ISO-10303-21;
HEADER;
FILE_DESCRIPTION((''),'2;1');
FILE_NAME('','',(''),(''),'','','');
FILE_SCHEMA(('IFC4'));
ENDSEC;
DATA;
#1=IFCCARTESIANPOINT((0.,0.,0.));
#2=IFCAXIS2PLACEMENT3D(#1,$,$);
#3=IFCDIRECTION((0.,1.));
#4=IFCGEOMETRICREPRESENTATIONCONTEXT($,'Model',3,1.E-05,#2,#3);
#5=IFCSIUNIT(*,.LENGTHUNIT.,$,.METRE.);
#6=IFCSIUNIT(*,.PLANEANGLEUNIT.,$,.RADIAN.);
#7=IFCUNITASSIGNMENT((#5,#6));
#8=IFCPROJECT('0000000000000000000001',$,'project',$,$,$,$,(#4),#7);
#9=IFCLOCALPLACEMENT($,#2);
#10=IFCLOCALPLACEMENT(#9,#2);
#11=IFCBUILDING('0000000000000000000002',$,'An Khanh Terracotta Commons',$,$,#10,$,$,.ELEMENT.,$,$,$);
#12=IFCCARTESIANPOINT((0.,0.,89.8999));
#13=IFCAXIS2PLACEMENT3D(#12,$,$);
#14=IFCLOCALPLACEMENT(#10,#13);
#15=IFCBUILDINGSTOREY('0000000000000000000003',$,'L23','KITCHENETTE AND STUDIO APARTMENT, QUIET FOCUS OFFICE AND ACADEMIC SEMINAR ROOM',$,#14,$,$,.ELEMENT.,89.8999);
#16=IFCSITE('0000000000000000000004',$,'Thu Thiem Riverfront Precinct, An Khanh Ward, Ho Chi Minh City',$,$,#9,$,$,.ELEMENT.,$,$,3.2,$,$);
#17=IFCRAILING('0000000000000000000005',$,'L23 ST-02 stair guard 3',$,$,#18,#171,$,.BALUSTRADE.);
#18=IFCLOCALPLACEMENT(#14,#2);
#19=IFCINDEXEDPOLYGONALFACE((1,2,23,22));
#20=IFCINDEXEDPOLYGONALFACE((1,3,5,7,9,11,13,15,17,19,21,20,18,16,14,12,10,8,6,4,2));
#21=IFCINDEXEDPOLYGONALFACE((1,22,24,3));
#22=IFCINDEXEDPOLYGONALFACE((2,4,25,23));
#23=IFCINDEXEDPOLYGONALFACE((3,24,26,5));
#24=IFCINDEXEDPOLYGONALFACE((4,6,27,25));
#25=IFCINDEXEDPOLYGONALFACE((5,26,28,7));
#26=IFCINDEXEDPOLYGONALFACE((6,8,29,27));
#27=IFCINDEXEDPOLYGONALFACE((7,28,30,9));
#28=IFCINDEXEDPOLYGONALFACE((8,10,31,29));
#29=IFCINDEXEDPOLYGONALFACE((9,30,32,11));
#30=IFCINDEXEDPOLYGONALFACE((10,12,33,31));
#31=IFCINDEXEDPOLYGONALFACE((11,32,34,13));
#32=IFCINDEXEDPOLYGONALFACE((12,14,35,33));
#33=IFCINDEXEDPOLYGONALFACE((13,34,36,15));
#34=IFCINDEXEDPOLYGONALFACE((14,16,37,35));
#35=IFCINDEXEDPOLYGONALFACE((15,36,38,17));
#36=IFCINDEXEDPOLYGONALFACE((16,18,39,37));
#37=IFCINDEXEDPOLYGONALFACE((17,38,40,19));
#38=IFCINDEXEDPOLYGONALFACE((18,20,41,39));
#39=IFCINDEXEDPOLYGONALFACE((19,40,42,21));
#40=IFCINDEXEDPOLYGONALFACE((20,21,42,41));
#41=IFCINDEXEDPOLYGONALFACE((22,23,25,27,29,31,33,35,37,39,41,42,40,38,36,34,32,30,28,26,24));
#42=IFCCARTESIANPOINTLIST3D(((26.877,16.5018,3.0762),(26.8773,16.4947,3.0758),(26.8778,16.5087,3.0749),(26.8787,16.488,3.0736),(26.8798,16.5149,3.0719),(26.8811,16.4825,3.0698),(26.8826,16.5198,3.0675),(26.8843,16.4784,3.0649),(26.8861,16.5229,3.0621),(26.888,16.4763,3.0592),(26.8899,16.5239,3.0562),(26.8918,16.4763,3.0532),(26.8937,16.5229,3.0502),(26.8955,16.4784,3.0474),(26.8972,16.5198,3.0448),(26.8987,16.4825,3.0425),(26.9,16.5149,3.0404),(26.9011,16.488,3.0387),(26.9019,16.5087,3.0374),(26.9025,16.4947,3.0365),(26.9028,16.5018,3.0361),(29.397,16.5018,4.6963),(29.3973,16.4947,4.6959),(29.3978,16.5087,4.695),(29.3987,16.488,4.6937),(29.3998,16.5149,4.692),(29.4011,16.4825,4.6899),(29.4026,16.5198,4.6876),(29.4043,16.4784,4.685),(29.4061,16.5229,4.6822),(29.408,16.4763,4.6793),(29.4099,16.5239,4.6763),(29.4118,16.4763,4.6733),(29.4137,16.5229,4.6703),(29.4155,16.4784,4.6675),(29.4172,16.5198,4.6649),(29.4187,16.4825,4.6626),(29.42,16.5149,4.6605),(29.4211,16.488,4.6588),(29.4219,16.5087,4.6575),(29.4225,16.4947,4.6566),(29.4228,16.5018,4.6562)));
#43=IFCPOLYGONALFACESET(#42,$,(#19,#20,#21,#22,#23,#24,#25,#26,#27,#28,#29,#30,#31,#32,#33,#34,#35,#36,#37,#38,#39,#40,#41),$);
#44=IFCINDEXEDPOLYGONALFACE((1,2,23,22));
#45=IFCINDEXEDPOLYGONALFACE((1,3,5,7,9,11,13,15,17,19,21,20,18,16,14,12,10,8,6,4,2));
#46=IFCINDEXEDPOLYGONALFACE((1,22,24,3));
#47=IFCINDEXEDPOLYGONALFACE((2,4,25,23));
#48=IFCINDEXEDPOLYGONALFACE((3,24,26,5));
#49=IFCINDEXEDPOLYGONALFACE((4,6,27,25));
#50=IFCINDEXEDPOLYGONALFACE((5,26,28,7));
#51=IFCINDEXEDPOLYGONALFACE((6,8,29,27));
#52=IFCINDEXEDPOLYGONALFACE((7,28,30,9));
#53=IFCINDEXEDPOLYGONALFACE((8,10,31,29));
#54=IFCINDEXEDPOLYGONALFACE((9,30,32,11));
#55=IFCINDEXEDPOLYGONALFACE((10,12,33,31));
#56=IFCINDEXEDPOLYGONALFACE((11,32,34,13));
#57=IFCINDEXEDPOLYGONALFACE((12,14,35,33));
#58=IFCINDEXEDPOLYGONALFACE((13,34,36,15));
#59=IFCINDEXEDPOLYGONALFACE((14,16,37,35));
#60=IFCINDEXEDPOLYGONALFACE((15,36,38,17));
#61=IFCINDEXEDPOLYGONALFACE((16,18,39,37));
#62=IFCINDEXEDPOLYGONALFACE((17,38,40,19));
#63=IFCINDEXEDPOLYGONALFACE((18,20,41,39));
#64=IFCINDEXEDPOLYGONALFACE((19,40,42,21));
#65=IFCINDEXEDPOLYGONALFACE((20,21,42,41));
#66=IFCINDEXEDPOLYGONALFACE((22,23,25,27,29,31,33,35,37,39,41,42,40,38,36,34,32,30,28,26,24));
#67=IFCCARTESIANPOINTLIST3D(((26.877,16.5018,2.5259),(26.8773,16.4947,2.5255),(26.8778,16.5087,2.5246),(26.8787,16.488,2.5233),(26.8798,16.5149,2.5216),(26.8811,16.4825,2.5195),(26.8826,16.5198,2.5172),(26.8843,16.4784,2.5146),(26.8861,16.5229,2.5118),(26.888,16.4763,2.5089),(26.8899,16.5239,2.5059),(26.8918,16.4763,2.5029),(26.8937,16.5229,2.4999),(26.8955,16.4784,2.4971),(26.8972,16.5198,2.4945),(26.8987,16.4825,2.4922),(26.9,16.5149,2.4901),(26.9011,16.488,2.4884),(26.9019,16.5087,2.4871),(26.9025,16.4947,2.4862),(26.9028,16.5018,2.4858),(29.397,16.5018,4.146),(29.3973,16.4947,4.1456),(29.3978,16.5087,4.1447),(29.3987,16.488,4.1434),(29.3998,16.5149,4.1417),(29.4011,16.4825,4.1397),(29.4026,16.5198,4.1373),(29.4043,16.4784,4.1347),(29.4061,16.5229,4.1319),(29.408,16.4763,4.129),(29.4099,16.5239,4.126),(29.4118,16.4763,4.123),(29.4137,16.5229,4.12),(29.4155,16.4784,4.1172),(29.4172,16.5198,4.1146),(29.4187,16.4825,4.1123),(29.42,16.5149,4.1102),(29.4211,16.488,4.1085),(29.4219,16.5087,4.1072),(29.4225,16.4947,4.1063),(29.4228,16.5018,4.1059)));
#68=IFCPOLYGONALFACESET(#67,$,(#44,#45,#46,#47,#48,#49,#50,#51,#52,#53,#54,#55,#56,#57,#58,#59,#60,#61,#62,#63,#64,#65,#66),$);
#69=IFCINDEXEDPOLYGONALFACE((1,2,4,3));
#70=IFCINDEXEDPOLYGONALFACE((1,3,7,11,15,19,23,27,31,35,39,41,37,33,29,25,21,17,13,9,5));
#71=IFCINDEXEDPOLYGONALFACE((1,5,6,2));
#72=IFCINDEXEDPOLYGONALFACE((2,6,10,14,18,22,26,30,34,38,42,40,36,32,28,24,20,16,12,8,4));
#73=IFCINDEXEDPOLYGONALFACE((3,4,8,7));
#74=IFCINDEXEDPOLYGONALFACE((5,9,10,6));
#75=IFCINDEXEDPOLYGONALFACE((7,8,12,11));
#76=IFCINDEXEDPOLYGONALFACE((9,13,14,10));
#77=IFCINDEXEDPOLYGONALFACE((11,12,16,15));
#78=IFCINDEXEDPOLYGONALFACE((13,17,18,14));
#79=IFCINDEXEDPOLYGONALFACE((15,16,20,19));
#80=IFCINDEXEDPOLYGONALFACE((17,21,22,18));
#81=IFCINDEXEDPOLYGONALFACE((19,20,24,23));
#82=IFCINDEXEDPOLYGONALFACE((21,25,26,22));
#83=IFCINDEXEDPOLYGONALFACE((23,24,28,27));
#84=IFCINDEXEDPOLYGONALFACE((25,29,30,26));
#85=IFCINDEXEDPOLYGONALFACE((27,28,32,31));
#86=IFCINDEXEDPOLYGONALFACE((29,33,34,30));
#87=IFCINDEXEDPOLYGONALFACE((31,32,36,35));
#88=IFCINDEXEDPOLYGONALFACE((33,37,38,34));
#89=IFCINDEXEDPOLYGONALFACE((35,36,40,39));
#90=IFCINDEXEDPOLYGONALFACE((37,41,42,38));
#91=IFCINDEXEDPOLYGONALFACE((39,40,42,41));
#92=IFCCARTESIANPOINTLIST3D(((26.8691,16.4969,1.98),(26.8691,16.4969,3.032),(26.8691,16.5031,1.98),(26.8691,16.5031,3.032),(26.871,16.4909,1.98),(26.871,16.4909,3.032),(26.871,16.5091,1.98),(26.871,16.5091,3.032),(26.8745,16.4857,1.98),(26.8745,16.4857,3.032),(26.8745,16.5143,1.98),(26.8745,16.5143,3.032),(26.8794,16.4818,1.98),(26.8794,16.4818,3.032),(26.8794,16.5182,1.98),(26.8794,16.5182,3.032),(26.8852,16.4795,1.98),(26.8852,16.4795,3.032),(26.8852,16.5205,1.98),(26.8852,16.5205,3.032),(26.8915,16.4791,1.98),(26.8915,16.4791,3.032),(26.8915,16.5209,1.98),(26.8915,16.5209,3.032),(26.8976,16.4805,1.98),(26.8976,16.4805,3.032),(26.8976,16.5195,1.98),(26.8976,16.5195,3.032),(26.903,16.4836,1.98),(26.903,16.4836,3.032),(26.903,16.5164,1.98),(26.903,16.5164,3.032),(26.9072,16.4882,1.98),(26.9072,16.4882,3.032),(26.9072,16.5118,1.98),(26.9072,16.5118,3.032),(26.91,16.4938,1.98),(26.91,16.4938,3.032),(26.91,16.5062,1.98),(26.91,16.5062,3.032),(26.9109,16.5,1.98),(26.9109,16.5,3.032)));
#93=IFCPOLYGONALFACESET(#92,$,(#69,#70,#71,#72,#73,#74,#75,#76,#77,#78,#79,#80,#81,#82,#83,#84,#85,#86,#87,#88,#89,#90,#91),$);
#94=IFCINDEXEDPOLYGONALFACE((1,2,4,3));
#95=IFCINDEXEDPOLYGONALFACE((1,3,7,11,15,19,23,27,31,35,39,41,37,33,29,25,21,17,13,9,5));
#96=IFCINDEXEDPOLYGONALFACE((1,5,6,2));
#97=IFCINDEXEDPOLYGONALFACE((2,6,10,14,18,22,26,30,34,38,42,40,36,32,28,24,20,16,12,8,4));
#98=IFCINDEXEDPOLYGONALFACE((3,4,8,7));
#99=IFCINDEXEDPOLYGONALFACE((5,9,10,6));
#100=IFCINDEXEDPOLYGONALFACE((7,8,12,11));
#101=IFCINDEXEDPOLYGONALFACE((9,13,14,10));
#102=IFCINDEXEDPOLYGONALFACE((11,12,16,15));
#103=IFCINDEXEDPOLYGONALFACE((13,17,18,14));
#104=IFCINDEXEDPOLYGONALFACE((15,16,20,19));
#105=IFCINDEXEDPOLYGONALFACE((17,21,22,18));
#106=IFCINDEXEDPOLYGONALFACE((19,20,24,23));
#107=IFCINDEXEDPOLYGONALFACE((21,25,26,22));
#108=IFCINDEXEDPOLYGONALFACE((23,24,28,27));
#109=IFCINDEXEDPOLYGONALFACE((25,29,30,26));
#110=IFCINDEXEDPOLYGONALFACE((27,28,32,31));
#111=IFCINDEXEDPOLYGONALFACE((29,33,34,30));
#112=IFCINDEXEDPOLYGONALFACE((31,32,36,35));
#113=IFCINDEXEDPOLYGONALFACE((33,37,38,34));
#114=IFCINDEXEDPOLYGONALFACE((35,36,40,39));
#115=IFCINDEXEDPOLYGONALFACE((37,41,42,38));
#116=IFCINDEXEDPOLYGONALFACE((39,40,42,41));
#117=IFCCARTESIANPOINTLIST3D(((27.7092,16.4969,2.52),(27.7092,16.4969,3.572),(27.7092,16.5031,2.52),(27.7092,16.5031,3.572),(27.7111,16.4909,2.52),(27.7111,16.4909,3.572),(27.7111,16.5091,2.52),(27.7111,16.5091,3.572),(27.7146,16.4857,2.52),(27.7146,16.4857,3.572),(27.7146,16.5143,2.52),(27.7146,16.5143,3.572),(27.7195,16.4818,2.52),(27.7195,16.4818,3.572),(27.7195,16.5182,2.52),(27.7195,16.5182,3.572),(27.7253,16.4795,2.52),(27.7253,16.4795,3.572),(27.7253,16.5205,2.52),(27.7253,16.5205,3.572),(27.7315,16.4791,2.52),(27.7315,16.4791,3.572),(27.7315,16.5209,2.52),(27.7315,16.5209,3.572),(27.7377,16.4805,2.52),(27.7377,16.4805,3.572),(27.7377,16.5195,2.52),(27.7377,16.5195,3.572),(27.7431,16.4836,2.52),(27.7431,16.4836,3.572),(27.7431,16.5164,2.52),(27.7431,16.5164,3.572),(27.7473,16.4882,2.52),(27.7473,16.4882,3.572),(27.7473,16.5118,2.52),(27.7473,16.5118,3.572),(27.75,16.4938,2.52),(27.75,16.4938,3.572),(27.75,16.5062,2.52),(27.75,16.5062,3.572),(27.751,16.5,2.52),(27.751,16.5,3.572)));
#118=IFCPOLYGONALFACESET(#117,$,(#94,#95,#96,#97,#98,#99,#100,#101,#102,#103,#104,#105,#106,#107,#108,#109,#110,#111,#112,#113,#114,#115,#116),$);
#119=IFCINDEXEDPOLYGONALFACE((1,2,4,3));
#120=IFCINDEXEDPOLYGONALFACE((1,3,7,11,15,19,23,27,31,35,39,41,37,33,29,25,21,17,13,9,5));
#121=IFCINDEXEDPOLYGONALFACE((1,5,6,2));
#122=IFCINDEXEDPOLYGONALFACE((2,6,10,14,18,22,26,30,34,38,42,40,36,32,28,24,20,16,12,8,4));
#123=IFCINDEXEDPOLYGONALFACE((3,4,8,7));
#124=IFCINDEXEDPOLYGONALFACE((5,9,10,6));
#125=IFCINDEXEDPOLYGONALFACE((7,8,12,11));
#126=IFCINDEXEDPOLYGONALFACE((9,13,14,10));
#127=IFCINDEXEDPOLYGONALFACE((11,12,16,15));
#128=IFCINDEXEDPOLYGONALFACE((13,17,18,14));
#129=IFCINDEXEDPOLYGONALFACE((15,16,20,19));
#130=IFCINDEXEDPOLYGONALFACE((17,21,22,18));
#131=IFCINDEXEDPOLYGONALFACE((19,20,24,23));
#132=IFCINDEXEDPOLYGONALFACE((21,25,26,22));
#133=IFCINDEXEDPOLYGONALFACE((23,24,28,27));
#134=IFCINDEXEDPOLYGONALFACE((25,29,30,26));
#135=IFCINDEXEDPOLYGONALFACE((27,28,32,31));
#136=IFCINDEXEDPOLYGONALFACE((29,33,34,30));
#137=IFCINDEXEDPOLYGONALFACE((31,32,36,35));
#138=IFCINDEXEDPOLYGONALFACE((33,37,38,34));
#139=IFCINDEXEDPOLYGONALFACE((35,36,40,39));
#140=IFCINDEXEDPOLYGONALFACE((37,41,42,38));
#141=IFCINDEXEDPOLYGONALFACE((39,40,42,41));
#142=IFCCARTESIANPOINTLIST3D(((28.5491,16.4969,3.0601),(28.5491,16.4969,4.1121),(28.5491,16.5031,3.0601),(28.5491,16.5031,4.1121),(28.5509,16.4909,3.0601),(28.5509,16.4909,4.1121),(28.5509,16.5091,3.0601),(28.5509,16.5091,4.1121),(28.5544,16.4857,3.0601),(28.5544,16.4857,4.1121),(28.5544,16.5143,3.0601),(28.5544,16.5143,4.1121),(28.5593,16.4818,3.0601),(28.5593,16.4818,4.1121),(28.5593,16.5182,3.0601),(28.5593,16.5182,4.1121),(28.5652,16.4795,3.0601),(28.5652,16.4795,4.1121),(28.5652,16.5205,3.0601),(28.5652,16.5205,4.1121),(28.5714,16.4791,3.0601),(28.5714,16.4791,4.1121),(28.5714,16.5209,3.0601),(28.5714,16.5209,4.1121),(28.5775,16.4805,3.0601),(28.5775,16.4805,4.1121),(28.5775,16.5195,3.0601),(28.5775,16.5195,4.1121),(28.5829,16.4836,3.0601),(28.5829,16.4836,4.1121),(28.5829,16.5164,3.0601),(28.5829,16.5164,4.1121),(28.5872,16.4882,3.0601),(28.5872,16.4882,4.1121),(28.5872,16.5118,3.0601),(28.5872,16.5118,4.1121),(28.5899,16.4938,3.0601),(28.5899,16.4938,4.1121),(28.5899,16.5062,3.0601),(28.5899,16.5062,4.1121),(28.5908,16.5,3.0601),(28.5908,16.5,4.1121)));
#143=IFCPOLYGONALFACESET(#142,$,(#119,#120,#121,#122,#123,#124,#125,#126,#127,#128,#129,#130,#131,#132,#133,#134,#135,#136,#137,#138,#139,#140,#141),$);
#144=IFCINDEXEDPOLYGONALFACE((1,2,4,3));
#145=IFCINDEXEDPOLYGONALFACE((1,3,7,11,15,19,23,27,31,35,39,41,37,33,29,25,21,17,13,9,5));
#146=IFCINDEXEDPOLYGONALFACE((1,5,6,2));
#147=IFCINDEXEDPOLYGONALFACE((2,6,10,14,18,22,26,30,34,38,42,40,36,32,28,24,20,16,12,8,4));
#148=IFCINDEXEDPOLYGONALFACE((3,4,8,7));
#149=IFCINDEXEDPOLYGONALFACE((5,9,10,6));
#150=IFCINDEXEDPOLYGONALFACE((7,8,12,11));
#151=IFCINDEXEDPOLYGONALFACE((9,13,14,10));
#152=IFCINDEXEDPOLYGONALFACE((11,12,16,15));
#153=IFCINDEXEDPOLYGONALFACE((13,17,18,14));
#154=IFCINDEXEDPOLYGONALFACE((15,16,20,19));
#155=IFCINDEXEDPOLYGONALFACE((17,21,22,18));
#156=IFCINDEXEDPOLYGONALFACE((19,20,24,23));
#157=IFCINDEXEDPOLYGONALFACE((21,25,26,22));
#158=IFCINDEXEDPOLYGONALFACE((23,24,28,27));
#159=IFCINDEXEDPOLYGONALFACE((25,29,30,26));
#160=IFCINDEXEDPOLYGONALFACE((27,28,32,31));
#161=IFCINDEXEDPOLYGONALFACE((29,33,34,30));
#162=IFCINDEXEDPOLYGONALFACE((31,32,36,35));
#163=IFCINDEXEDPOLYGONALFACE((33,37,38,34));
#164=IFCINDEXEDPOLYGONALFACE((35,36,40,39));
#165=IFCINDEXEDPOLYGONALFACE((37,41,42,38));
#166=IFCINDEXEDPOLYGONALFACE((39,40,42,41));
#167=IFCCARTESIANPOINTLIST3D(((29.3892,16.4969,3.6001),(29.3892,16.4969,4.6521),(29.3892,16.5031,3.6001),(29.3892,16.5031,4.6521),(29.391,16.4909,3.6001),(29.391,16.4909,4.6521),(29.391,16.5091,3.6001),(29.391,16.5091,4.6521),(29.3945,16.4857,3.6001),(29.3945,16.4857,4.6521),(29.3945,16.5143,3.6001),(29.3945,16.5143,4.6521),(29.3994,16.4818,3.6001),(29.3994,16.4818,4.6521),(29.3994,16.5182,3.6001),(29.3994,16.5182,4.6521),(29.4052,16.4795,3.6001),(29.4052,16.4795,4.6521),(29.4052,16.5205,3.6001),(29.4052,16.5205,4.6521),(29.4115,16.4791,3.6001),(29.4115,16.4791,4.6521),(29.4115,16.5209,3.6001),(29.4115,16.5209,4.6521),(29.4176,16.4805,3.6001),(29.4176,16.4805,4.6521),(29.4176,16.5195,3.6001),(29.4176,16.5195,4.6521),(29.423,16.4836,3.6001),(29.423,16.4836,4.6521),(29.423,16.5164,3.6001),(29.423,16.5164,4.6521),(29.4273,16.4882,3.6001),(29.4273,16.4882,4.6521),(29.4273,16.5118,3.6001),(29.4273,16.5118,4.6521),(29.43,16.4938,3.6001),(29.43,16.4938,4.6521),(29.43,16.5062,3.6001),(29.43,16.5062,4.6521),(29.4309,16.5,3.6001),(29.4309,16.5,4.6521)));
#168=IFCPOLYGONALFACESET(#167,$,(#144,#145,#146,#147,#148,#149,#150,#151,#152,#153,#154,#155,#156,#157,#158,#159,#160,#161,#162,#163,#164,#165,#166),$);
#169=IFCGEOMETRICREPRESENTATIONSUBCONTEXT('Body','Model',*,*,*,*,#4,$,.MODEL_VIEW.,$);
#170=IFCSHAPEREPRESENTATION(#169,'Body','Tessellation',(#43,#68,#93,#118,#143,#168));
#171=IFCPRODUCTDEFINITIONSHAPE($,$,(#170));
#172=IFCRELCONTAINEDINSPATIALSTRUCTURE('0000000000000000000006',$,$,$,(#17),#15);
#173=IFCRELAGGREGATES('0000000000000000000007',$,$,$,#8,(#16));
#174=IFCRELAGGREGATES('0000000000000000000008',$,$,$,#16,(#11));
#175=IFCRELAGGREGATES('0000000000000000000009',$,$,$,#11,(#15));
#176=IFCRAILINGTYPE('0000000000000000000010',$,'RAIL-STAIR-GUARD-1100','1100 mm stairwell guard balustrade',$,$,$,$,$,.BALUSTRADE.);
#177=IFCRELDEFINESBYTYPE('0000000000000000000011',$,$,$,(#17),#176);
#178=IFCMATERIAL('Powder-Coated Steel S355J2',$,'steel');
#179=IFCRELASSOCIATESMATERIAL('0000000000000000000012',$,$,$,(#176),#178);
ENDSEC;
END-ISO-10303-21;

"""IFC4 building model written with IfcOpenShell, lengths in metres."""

from ifc_helpers import new_model, si_unit, direction, frame, origin, origin_2d, place, context, subcontext, project, spatial, circle, extrude, material, type_object, element, save


model = new_model("IFC4")

# Units and contexts
model_context = context("Model", 3, precision=1e-05, world=origin(), true_north=direction((0.0, 1.0)))
body_context = subcontext(model_context, "Body", "Model", "MODEL_VIEW")
ifc_project = project(units=[si_unit("LENGTHUNIT", "METRE"), si_unit("PLANEANGLEUNIT", "RADIAN")], contexts=[model_context])

# Site, building, storey
site_placement = place(None, origin())
site = spatial("IfcSite", under=ifc_project, at=site_placement, Name="Thu Thiem Riverfront Precinct, An Khanh Ward, Ho Chi Minh City", CompositionType="ELEMENT", RefElevation=3.2)
building_placement = place(site_placement, origin())
building = spatial("IfcBuilding", under=site, at=building_placement, Name="An Khanh Terracotta Commons", CompositionType="ELEMENT")
storey_placement = place(building_placement, frame((0.0, 0.0, 89.8999)))
storey = spatial("IfcBuildingStorey", under=building, at=storey_placement, Name="L23", Description="KITCHENETTE AND STUDIO APARTMENT, QUIET FOCUS OFFICE AND ACADEMIC SEMINAR ROOM", CompositionType="ELEMENT", Elevation=89.8999)

# Railing
ifc_material_1 = material(Name="Powder-Coated Steel S355J2", Category="steel")
railing_type_1 = type_object("IfcRailingType", Name="RAIL-STAIR-GUARD-1100", Description="1100 mm stairwell guard balustrade", PredefinedType="BALUSTRADE", material=ifc_material_1)
railing_1_placement = place(storey_placement, frame((26.8899, 16.5, 1.98)))
element("IfcRailing", 1, at=railing_1_placement, inside=storey, type_object=railing_type_1, Name="L23 ST-02 stair guard 3", PredefinedType="BALUSTRADE", context=body_context, shape_type="SweptSolid", body=[
    extrude(circle(Radius=0.0239, at=origin_2d()), frame((0.0, 0.0, 1.0762), z_axis=(0.841163, 0.0, 0.540782), x_axis=(0.0, 1.0, 0.0)), (0.0, 0.0, 1.0), 2.9958),
    extrude(circle(Radius=0.0239, at=origin_2d()), frame((0.0, 0.0, 0.5259), z_axis=(0.841163, 0.0, 0.540782), x_axis=(0.0, 1.0, 0.0)), (0.0, 0.0, 1.0), 2.9958),
    extrude(circle(Radius=0.021, at=origin_2d()), origin(), (0.0, 0.0, 1.0), 1.052),
    extrude(circle(Radius=0.021, at=origin_2d()), frame((0.8401, 0.0, 0.54)), (0.0, 0.0, 1.0), 1.052),
    extrude(circle(Radius=0.021, at=origin_2d()), frame((1.6799, 0.0, 1.0801)), (0.0, 0.0, 1.0), 1.052),
    extrude(circle(Radius=0.021, at=origin_2d()), frame((2.52, 0.0, 1.6201)), (0.0, 0.0, 1.0), 1.052),
])

save(model, "model.ifc")
